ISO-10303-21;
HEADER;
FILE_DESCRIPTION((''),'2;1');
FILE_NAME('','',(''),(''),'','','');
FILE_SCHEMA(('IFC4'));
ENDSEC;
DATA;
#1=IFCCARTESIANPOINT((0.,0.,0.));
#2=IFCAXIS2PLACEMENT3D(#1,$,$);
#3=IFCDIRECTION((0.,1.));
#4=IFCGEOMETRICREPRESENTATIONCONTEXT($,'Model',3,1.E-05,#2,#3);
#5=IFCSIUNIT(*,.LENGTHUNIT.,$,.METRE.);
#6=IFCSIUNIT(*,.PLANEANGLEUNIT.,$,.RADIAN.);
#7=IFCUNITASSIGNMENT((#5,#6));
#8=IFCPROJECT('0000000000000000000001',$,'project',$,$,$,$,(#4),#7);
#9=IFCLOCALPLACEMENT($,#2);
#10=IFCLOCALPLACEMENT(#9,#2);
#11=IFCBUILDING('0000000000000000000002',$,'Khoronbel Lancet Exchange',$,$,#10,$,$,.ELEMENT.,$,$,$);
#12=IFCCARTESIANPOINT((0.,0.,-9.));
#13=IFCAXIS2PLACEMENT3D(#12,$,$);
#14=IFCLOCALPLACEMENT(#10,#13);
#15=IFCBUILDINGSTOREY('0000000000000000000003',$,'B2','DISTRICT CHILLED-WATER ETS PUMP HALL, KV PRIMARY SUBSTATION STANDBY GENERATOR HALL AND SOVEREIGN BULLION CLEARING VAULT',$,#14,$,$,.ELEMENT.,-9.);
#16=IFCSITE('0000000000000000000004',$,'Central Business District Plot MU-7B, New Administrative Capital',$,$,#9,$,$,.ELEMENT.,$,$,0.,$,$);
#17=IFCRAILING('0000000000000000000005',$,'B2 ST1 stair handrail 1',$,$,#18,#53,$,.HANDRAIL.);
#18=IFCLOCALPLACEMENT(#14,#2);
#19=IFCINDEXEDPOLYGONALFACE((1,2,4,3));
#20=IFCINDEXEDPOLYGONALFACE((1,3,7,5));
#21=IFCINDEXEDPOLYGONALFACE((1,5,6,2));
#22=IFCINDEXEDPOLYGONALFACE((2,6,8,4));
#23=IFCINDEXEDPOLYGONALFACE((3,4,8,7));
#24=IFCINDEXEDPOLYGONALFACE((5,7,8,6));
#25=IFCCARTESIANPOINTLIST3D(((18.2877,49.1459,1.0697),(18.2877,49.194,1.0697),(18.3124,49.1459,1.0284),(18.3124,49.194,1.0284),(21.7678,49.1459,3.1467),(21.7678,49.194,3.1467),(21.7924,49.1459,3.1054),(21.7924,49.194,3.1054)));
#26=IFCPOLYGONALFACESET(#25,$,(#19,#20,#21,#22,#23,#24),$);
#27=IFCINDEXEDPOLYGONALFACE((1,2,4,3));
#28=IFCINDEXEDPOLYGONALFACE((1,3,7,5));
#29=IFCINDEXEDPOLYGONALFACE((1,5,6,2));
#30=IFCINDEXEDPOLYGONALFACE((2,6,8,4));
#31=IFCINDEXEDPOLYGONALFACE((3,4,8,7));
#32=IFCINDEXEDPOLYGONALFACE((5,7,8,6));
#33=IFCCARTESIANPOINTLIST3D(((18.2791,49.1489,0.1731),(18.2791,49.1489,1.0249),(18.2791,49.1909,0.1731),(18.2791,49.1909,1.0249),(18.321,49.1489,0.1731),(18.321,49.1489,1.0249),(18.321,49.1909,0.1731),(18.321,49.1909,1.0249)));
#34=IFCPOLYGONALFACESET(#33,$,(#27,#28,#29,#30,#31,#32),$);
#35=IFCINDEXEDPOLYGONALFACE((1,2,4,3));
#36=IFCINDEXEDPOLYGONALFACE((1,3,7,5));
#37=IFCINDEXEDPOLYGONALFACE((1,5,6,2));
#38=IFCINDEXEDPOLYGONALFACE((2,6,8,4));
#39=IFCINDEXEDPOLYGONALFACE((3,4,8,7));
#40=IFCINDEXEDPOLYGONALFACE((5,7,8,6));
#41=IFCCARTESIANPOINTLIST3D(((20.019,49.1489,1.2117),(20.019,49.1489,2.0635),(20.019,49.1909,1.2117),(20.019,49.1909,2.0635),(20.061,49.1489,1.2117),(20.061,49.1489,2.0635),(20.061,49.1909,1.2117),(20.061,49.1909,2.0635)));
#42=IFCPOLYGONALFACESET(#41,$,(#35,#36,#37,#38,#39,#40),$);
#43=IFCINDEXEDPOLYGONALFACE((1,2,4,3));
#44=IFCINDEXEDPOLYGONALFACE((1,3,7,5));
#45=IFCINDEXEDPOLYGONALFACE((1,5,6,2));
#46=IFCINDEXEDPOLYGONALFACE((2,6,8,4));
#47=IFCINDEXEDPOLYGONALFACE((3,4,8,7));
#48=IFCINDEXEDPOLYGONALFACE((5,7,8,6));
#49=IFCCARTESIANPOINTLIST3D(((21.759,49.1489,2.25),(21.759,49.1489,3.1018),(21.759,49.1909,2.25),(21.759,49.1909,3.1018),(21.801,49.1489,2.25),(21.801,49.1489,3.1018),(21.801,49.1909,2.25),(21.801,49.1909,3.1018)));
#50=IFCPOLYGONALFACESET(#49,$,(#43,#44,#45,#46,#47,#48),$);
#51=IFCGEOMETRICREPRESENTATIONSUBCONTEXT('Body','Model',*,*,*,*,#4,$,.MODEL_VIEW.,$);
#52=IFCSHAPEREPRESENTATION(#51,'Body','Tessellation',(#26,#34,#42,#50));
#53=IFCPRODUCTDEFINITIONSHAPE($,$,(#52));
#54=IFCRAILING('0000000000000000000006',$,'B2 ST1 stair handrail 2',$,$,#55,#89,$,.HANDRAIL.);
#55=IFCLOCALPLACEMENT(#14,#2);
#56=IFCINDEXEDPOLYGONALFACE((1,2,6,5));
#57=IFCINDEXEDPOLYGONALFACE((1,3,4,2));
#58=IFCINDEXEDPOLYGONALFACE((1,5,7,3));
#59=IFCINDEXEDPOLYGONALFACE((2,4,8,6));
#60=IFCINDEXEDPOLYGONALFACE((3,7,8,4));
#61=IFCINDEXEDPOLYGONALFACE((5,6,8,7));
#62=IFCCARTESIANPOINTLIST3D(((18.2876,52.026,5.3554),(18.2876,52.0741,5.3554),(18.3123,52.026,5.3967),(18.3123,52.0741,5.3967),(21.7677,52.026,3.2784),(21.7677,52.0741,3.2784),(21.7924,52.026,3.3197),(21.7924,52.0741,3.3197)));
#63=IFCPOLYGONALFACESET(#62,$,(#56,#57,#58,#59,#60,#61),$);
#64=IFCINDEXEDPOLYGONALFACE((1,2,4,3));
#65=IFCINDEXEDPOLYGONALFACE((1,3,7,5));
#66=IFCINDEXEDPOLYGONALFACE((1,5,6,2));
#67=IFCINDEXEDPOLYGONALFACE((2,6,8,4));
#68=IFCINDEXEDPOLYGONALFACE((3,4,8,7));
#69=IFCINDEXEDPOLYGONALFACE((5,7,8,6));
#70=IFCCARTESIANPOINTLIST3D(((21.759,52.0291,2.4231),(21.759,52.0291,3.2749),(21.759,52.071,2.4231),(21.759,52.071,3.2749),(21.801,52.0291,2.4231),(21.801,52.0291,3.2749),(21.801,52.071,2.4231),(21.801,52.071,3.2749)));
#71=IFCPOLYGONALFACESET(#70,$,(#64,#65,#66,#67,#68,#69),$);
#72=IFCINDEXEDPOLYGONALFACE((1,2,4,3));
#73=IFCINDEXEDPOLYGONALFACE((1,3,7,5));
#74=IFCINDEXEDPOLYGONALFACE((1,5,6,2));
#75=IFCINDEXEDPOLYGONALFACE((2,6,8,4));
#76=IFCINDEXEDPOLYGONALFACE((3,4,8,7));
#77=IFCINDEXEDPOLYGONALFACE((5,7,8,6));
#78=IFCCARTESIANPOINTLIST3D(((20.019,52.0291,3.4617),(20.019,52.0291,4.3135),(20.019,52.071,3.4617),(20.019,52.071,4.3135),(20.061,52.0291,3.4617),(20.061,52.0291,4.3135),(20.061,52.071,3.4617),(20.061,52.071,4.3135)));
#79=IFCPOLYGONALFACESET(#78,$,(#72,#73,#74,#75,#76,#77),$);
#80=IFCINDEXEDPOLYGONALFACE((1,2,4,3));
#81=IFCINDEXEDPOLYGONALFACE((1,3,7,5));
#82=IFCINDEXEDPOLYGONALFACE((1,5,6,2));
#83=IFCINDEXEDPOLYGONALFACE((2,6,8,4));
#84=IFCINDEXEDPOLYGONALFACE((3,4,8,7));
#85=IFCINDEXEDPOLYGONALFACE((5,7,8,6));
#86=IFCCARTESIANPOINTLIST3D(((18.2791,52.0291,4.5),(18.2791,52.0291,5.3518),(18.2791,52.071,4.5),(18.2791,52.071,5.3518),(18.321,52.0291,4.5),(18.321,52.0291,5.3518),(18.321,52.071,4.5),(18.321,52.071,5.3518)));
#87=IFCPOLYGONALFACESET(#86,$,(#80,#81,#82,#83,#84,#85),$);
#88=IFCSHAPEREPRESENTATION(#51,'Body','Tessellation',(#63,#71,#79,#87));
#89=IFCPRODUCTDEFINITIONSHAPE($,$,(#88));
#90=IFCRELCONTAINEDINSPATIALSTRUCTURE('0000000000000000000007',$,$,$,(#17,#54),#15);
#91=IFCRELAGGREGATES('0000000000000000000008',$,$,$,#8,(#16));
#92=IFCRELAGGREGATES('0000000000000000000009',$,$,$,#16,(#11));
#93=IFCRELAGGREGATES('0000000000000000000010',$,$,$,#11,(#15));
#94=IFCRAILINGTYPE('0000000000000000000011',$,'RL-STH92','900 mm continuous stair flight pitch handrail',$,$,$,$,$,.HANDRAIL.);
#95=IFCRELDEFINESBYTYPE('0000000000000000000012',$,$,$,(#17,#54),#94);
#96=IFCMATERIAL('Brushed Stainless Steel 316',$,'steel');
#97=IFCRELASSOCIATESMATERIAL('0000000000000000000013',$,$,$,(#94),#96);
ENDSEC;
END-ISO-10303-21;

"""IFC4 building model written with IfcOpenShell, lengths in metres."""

from ifc_helpers import new_model, si_unit, direction, frame, origin, origin_2d, place, context, subcontext, project, spatial, rectangle, extrude, material, type_object, element, save


model = new_model("IFC4")

# Units and contexts
model_context = context("Model", 3, precision=1e-05, world=origin(), true_north=direction((0.0, 1.0)))
body_context = subcontext(model_context, "Body", "Model", "MODEL_VIEW")
ifc_project = project(units=[si_unit("LENGTHUNIT", "METRE"), si_unit("PLANEANGLEUNIT", "RADIAN")], contexts=[model_context])

# Site, building, storey
site_placement = place(None, origin())
site = spatial("IfcSite", under=ifc_project, at=site_placement, Name="Central Business District Plot MU-7B, New Administrative Capital", CompositionType="ELEMENT", RefElevation=0.0)
building_placement = place(site_placement, origin())
building = spatial("IfcBuilding", under=site, at=building_placement, Name="Khoronbel Lancet Exchange", CompositionType="ELEMENT")
storey_placement = place(building_placement, frame((0.0, 0.0, -9.0)))
storey = spatial("IfcBuildingStorey", under=building, at=storey_placement, Name="B2", Description="DISTRICT CHILLED-WATER ETS PUMP HALL, KV PRIMARY SUBSTATION STANDBY GENERATOR HALL AND SOVEREIGN BULLION CLEARING VAULT", CompositionType="ELEMENT", Elevation=-9.0)

# Railings
ifc_material_1 = material(Name="Brushed Stainless Steel 316", Category="steel")
railing_type_1 = type_object("IfcRailingType", Name="RL-STH92", Description="900 mm continuous stair flight pitch handrail", PredefinedType="HANDRAIL", material=ifc_material_1)
railing_1_placement = place(storey_placement, frame((18.3, 49.1699, 0.1731)))
element("IfcRailing", 1, at=railing_1_placement, inside=storey, type_object=railing_type_1, Name="B2 ST1 stair handrail 1", PredefinedType="HANDRAIL", context=body_context, shape_type="SweptSolid", body=[
    extrude(rectangle(XDim=0.0481, YDim=0.0481, at=origin_2d()), frame((0.0, 0.0, 0.876), z_axis=(0.858697, 0.0, 0.512483), x_axis=(0.0, 1.0, 0.0)), (0.0, 0.0, 1.0), 4.0527),
    extrude(rectangle(XDim=0.042, YDim=0.042, at=origin_2d()), origin(), (0.0, 0.0, 1.0), 0.8518),
    extrude(rectangle(XDim=0.042, YDim=0.042, at=origin_2d()), frame((1.74, 0.0, 1.0386)), (0.0, 0.0, 1.0), 0.8518),
    extrude(rectangle(XDim=0.042, YDim=0.042, at=origin_2d()), frame((3.48, 0.0, 2.0769)), (0.0, 0.0, 1.0), 0.8518),
])
railing_2_placement = place(storey_placement, frame((21.78, 52.05, 2.4231)))
element("IfcRailing", 2, at=railing_2_placement, inside=storey, type_object=railing_type_1, Name="B2 ST1 stair handrail 2", PredefinedType="HANDRAIL", context=body_context, shape_type="SweptSolid", body=[
    extrude(rectangle(XDim=0.0481, YDim=0.0481, at=origin_2d()), frame((0.0, 0.0, 0.876), z_axis=(-0.858697, 0.0, 0.512483), x_axis=(0.0, -1.0, 0.0)), (0.0, 0.0, 1.0), 4.0527),
    extrude(rectangle(XDim=0.042, YDim=0.042, at=origin_2d()), origin(), (0.0, 0.0, 1.0), 0.8518),
    extrude(rectangle(XDim=0.042, YDim=0.042, at=origin_2d()), frame((-1.74, 0.0, 1.0386)), (0.0, 0.0, 1.0), 0.8518),
    extrude(rectangle(XDim=0.042, YDim=0.042, at=origin_2d()), frame((-3.48, 0.0, 2.0769)), (0.0, 0.0, 1.0), 0.8518),
])

save(model, "model.ifc")
